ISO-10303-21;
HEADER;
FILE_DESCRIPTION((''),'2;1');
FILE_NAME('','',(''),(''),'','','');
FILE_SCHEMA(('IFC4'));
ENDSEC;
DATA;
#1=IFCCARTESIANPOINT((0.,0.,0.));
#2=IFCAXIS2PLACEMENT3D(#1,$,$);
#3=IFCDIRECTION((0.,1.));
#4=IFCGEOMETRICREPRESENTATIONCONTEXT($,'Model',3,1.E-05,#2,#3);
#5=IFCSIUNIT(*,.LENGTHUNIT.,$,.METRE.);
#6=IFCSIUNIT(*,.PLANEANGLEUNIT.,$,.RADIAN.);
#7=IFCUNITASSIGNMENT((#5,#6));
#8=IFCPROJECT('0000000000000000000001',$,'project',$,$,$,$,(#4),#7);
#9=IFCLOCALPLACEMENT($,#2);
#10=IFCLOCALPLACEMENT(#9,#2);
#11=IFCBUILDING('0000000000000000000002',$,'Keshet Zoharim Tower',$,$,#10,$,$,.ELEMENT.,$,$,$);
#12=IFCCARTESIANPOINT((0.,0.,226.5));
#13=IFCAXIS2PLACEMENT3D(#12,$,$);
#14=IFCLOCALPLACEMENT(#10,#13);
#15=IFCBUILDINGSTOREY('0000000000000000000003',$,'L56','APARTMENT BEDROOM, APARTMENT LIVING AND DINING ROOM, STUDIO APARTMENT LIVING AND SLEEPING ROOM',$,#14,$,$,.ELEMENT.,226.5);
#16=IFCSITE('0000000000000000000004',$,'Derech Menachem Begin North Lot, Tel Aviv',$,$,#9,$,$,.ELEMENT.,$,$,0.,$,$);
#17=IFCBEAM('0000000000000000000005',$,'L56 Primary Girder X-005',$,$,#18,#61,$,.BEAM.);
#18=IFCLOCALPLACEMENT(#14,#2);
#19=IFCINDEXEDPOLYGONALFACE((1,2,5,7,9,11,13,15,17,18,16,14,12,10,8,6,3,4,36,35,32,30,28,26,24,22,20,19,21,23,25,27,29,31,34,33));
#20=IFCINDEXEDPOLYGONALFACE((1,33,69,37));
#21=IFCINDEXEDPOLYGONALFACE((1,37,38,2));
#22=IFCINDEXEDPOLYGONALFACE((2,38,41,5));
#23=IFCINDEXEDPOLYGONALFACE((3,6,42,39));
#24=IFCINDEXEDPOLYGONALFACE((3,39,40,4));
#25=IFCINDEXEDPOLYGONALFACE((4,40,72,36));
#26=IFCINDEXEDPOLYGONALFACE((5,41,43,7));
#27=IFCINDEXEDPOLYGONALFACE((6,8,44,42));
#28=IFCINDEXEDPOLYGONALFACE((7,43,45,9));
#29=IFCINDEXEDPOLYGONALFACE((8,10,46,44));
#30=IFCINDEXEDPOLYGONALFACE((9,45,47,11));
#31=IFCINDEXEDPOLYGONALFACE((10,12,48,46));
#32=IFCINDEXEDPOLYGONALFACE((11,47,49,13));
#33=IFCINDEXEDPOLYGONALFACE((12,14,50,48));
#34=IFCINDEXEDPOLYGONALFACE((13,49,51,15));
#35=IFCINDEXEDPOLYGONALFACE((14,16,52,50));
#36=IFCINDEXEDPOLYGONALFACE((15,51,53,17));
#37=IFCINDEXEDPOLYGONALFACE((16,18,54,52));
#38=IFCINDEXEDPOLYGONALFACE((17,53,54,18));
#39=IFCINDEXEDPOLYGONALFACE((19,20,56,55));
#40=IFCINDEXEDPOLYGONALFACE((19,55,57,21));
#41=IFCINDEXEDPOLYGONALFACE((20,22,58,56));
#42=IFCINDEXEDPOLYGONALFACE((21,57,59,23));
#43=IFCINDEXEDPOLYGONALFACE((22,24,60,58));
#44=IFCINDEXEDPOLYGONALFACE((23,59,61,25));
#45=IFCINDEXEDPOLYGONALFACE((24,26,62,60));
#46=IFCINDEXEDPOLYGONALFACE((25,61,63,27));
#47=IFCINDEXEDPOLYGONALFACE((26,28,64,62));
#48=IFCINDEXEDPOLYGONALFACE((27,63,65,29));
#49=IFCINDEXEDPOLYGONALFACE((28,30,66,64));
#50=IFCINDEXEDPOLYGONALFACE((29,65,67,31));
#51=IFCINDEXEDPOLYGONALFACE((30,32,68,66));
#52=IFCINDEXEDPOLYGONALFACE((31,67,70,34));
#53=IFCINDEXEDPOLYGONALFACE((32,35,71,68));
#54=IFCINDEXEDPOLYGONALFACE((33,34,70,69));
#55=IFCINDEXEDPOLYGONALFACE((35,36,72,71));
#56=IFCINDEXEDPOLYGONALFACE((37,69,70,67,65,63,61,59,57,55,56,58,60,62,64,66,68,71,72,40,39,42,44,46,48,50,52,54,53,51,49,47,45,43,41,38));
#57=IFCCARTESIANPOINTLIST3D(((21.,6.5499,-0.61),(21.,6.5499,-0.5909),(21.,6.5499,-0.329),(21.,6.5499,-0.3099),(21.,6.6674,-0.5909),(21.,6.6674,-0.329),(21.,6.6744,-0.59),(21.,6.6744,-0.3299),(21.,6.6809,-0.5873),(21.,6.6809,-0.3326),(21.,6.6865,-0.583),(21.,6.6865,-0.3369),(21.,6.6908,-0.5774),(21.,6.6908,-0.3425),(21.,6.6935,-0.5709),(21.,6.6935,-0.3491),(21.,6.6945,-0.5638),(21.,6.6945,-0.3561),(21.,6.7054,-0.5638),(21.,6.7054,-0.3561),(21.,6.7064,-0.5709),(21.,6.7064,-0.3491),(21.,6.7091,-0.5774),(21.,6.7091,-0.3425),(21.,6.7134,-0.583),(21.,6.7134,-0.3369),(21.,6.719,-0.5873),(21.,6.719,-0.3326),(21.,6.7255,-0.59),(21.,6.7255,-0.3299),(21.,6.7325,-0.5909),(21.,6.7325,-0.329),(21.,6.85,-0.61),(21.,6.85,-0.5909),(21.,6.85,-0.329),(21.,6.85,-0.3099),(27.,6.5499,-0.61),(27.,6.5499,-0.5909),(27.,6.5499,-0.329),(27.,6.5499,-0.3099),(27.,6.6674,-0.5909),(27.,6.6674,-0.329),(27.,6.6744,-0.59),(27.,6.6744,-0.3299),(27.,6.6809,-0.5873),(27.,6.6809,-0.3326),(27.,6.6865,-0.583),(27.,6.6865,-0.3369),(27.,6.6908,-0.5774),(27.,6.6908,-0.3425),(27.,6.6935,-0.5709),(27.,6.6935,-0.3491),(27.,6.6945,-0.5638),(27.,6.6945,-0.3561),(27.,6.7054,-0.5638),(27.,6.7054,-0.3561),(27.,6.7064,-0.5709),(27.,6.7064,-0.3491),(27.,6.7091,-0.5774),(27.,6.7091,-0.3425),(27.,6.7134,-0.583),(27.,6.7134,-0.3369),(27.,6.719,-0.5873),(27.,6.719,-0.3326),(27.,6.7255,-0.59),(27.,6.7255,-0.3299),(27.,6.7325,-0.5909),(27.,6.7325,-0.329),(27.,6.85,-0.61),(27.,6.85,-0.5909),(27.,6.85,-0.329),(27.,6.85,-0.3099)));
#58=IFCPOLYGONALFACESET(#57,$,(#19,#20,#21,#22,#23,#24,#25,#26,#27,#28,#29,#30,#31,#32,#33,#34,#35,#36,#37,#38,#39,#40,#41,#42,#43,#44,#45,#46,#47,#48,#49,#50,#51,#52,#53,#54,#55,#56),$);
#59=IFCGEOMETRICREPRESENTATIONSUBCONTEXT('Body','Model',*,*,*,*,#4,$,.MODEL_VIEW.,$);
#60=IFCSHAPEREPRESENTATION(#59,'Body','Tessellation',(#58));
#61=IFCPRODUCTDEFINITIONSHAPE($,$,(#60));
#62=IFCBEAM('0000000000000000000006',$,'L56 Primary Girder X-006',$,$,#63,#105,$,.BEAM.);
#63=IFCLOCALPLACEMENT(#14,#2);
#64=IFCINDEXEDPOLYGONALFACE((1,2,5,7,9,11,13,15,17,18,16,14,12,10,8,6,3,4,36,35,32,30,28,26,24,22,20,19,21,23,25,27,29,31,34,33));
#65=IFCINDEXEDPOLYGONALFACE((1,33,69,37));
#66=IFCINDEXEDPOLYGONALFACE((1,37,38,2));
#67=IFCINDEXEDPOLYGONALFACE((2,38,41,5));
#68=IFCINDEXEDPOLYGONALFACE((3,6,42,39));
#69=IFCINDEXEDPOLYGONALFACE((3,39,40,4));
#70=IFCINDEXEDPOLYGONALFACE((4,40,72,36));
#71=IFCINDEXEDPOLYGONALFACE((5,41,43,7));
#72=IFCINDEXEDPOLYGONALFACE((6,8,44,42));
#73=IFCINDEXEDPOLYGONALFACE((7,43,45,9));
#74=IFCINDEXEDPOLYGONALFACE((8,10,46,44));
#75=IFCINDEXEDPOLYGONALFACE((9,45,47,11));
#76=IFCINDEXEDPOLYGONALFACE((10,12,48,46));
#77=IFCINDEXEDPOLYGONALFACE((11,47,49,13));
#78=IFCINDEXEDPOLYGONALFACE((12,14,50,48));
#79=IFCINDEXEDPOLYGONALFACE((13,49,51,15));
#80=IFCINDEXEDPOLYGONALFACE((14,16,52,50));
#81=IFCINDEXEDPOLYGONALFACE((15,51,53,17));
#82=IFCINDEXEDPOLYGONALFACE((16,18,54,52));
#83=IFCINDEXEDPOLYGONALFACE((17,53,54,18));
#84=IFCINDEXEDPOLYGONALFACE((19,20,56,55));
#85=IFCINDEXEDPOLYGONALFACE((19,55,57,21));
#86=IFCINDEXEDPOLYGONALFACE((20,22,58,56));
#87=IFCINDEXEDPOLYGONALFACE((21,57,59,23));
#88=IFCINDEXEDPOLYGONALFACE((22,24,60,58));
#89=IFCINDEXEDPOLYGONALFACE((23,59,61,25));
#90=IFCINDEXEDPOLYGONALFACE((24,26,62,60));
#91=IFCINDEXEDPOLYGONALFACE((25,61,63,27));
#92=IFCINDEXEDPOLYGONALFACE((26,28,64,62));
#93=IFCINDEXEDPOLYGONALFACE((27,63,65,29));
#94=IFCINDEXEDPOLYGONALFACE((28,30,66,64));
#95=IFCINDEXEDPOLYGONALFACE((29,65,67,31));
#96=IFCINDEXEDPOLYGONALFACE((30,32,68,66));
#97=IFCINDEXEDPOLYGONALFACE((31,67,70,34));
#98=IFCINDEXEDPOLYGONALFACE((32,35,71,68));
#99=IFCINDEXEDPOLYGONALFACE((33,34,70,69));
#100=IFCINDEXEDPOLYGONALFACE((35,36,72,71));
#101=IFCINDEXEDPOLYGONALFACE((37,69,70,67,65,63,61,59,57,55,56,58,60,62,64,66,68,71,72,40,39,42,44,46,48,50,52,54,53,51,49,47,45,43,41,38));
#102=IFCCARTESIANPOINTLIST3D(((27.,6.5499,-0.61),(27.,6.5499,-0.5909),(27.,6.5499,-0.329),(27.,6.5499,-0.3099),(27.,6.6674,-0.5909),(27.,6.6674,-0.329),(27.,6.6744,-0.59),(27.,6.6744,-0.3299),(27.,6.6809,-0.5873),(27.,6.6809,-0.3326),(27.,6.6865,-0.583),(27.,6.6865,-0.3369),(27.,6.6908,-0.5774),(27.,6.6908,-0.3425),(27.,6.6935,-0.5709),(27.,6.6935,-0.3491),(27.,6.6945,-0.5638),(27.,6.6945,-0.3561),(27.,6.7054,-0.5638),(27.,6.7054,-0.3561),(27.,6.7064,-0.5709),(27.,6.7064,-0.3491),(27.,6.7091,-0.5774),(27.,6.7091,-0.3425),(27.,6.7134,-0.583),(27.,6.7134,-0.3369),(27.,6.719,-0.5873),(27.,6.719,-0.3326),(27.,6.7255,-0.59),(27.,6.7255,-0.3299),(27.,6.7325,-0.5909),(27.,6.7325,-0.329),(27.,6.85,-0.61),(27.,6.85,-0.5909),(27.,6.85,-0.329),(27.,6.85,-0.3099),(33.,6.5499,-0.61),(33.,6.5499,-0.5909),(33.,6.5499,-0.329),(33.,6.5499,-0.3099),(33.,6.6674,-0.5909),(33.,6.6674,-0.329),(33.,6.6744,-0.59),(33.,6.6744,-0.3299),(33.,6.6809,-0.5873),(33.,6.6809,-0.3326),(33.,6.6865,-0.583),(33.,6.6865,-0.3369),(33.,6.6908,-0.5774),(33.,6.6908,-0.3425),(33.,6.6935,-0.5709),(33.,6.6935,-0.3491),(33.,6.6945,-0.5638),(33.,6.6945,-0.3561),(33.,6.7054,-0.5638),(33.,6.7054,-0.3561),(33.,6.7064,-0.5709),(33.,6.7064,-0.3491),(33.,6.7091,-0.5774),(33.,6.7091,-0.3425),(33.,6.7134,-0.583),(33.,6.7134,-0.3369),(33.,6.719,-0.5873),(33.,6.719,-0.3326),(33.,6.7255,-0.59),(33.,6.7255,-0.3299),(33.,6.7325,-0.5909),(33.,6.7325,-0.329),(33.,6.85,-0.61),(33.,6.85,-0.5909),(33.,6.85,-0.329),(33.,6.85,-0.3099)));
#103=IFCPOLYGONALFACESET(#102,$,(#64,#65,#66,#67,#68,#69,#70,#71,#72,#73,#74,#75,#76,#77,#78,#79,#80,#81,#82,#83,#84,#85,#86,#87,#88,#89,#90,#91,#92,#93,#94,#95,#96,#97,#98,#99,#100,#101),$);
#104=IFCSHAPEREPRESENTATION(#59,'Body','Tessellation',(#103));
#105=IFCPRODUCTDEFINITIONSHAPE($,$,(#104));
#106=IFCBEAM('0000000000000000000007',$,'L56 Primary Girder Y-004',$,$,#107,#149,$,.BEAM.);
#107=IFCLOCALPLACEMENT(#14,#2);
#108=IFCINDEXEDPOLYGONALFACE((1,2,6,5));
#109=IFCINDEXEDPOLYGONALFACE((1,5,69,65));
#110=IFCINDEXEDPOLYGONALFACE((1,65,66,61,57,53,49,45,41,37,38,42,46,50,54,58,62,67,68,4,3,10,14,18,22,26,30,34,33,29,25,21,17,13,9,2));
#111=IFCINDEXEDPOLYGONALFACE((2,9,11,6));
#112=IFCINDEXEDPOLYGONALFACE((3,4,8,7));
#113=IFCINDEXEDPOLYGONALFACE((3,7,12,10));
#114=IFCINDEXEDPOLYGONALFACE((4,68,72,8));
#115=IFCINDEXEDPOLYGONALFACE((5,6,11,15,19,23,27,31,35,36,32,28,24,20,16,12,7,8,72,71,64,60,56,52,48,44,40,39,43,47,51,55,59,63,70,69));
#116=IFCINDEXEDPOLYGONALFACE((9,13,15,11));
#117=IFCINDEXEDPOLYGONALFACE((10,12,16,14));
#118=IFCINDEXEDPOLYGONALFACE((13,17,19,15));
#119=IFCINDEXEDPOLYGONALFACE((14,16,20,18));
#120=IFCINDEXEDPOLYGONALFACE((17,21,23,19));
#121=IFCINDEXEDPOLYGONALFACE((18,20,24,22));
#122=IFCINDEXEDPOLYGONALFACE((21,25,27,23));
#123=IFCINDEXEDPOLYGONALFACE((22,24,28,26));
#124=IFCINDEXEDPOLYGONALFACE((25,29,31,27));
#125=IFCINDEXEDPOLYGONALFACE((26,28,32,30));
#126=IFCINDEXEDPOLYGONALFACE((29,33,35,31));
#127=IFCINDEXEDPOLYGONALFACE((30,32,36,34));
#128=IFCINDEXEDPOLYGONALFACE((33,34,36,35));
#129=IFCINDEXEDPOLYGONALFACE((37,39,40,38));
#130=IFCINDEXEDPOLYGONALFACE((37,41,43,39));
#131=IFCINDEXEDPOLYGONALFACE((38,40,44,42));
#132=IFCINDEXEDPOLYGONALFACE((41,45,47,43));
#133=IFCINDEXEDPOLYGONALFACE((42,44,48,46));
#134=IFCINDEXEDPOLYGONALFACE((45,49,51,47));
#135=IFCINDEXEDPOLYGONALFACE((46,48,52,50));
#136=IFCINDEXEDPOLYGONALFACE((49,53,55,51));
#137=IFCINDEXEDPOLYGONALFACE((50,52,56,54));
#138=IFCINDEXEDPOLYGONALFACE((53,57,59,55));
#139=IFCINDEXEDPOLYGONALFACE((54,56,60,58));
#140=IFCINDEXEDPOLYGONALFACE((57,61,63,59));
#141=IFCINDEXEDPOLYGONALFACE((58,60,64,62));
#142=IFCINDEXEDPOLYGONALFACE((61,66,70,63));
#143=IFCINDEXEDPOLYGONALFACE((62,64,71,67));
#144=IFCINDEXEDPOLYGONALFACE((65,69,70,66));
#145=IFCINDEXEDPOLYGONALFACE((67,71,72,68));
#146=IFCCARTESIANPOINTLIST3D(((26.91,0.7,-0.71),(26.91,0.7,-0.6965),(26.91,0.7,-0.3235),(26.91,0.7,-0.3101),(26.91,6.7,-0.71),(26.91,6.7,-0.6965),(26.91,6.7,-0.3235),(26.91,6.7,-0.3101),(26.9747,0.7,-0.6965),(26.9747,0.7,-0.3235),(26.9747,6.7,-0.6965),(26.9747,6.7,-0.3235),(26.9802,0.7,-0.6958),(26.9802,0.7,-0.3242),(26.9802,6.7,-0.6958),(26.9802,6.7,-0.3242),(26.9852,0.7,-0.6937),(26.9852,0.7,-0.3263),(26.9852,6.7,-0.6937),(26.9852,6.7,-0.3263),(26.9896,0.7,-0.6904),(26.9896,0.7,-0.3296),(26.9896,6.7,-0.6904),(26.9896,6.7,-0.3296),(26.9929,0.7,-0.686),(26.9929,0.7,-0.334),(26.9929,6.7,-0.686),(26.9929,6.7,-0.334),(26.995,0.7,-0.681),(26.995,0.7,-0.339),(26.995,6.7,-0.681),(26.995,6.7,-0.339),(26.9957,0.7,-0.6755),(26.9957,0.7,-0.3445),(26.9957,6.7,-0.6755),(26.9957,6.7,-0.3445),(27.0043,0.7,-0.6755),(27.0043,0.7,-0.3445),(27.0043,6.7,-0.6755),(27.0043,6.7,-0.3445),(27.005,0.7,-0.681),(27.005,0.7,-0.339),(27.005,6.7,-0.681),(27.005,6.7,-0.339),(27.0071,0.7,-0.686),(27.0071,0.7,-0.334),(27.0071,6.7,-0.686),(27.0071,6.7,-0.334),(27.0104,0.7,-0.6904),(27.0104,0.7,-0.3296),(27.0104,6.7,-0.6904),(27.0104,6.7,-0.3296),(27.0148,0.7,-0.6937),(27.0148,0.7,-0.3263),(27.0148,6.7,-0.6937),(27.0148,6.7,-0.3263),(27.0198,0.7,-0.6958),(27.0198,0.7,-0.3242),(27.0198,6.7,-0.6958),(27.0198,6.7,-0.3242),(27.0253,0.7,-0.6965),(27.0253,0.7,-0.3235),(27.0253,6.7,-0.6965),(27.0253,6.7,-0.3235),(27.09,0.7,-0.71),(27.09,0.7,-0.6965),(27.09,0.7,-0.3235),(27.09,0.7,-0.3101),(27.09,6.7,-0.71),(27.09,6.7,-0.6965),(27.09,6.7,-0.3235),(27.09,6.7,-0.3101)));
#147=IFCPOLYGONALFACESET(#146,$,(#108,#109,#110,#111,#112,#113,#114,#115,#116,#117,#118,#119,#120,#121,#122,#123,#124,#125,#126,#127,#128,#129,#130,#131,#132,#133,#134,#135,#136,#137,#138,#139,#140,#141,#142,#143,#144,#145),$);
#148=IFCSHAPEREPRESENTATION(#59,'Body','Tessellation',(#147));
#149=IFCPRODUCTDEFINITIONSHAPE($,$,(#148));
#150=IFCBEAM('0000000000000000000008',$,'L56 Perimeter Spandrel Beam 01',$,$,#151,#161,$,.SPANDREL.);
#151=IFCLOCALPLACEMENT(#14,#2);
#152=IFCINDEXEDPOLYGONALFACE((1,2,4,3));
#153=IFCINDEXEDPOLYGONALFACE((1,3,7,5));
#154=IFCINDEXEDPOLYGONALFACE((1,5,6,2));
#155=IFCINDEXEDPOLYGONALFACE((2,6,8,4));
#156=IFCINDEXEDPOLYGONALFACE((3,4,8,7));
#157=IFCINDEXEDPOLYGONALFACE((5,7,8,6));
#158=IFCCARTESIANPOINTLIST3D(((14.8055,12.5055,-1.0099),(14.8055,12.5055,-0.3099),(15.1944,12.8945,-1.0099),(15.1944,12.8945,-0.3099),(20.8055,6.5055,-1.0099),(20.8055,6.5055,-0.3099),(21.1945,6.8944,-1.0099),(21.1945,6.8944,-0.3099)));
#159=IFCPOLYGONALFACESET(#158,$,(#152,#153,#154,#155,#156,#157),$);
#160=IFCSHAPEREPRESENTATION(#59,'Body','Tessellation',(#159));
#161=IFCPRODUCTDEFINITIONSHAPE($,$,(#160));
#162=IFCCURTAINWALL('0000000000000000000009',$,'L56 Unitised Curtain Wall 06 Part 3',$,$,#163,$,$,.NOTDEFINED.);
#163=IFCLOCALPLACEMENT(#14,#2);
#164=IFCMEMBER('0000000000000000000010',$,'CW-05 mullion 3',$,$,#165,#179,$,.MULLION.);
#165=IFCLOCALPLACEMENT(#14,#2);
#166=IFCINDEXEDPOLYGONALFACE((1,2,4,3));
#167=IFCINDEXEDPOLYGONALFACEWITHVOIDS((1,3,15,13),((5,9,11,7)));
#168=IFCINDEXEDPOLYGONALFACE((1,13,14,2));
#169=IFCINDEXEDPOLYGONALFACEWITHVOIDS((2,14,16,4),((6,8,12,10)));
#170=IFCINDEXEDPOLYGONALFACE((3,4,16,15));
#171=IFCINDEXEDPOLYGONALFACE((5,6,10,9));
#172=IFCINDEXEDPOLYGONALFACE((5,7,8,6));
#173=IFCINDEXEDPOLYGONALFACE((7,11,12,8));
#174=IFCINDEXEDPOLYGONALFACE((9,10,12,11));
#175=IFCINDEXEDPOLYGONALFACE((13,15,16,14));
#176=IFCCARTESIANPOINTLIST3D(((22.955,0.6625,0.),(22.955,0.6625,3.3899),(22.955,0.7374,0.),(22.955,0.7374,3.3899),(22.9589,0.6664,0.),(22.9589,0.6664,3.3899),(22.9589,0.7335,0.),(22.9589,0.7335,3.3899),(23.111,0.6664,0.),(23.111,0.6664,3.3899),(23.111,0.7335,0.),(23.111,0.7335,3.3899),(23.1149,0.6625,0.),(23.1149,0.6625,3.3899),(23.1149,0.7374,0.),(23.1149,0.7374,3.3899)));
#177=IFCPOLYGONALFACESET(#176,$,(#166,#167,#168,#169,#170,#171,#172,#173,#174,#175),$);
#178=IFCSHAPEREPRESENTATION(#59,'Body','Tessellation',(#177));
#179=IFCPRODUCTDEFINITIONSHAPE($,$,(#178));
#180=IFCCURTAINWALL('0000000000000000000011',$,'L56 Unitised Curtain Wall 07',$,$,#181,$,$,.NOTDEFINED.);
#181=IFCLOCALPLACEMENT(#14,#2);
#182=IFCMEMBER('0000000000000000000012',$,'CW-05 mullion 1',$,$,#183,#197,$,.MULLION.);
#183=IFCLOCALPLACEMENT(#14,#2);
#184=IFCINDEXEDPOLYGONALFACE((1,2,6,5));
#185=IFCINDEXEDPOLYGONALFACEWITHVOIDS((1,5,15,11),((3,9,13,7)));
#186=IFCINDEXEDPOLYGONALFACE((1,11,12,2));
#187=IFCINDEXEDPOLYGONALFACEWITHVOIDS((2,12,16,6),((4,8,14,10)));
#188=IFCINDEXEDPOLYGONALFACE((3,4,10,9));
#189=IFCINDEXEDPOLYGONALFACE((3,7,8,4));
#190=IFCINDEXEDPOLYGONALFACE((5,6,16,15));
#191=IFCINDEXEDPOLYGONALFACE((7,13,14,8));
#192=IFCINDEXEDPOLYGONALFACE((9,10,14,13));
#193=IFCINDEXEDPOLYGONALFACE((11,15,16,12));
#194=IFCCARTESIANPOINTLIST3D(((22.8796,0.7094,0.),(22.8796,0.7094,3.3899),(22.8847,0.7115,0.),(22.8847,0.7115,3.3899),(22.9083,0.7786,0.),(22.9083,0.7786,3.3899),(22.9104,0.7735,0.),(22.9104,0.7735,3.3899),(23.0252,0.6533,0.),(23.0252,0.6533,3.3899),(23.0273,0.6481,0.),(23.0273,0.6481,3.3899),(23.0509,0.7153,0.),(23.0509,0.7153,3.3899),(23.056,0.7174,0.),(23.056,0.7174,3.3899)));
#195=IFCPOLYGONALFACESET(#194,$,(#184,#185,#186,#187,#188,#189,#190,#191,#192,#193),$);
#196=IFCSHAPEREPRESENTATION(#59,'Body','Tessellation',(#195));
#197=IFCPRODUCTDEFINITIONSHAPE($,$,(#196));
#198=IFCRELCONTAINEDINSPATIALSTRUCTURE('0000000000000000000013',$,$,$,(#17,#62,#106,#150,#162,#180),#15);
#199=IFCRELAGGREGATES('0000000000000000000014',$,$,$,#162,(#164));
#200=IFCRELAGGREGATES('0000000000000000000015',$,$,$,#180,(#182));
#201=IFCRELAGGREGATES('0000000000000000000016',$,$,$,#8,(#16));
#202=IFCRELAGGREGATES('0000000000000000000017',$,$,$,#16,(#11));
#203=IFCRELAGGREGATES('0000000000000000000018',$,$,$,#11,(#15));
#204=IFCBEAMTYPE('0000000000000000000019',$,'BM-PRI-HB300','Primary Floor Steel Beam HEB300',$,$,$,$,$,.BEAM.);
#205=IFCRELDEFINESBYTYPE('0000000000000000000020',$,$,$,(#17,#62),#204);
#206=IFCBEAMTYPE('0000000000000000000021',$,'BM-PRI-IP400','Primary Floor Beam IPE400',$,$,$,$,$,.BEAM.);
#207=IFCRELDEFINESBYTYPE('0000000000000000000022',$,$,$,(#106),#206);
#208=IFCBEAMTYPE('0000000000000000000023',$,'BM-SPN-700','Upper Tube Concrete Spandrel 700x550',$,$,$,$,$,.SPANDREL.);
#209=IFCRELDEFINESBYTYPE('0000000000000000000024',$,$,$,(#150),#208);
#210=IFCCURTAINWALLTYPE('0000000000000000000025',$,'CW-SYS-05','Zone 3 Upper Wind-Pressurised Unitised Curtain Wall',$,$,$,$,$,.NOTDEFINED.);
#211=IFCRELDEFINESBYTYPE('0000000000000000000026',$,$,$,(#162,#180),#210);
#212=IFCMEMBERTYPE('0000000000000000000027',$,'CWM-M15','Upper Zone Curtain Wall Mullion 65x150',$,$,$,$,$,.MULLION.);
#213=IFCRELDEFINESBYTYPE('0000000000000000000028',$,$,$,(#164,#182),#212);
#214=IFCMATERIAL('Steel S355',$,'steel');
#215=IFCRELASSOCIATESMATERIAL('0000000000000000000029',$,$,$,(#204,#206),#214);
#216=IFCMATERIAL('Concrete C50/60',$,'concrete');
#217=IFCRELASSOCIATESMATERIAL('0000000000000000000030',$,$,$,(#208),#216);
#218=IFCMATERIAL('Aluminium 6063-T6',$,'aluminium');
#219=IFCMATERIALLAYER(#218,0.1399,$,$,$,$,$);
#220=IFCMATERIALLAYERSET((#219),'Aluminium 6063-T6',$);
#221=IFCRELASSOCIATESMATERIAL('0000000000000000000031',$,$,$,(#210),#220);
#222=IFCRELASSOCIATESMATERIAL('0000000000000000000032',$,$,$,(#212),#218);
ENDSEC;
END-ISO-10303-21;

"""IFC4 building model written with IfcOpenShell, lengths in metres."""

from ifc_helpers import new_model, si_unit, direction, frame, origin, origin_2d, place, context, subcontext, project, spatial, rectangle, hollow_rectangle, i_section, extrude, material, layer, layer_set, material_profile, profile_set, type_object, element, aggregate, save


model = new_model("IFC4")

# Units and contexts
model_context = context("Model", 3, precision=1e-05, world=origin(), true_north=direction((0.0, 1.0)))
body_context = subcontext(model_context, "Body", "Model", "MODEL_VIEW")
ifc_project = project(units=[si_unit("LENGTHUNIT", "METRE"), si_unit("PLANEANGLEUNIT", "RADIAN")], contexts=[model_context])

# Site, building, storey
site_placement = place(None, origin())
site = spatial("IfcSite", under=ifc_project, at=site_placement, Name="Derech Menachem Begin North Lot, Tel Aviv", CompositionType="ELEMENT", RefElevation=0.0)
building_placement = place(site_placement, origin())
building = spatial("IfcBuilding", under=site, at=building_placement, Name="Keshet Zoharim Tower", CompositionType="ELEMENT")
storey_placement = place(building_placement, frame((0.0, 0.0, 226.5)))
storey = spatial("IfcBuildingStorey", under=building, at=storey_placement, Name="L56", Description="APARTMENT BEDROOM, APARTMENT LIVING AND DINING ROOM, STUDIO APARTMENT LIVING AND SLEEPING ROOM", CompositionType="ELEMENT", Elevation=226.5)

# Shared definitions
ifc_material_1 = material(Name="Steel S355", Category="steel")
ifc_material_2 = material(Name="Concrete C50/60", Category="concrete")

# Beams
ifc_material_profile_1 = material_profile(ifc_material_1, i_section(OverallWidth=0.3, OverallDepth=0.3, WebThickness=0.011, FlangeThickness=0.019, FilletRadius=0.0271, at=origin_2d()), Name="HEB300")
ifc_profile_set_1 = profile_set([ifc_material_profile_1], Name="Steel S355")
beam_type_1 = type_object("IfcBeamType", Name="BM-PRI-HB300", Description="Primary Floor Steel Beam HEB300", PredefinedType="BEAM", material=ifc_profile_set_1)
for number, where, z_axis, x_axis, name in (
    (1, (21.0, 6.7, -0.46), (1.0, 0.0, 0.0), (0.0, 1.0, 0.0), "L56 Primary Girder X-005"),
    (2, (27.0, 6.7, -0.46), (1.0, 0.0, 0.0), (0.0, 1.0, 0.0), "L56 Primary Girder X-006"),
):
    element("IfcBeam", number, at=place(storey_placement, frame(where, z_axis=z_axis, x_axis=x_axis)), inside=storey, type_object=beam_type_1, Name=name, PredefinedType="BEAM", context=body_context, shape_type="SweptSolid", body=[
        extrude(i_section(OverallWidth=0.3, OverallDepth=0.3, WebThickness=0.011, FlangeThickness=0.019, FilletRadius=0.0271, at=origin_2d()), origin(), (0.0, 0.0, 1.0), 6.0),
    ])
ifc_material_profile_2 = material_profile(ifc_material_1, i_section(OverallWidth=0.1799, OverallDepth=0.3999, WebThickness=0.0085, FlangeThickness=0.0134, FilletRadius=0.021, at=origin_2d()), Name="IPE400")
ifc_profile_set_2 = profile_set([ifc_material_profile_2], Name="Steel S355")
beam_type_2 = type_object("IfcBeamType", Name="BM-PRI-IP400", Description="Primary Floor Beam IPE400", PredefinedType="BEAM", material=ifc_profile_set_2)
beam_1_placement = place(storey_placement, frame((27.0, 0.7, -0.51), z_axis=(0.0, 1.0, 0.0), x_axis=(-1.0, 0.0, 0.0)))
element("IfcBeam", 3, at=beam_1_placement, inside=storey, type_object=beam_type_2, Name="L56 Primary Girder Y-004", PredefinedType="BEAM", context=body_context, shape_type="SweptSolid", body=[
    extrude(i_section(OverallWidth=0.1799, OverallDepth=0.3999, WebThickness=0.0085, FlangeThickness=0.0134, FilletRadius=0.021, at=origin_2d()), origin(), (0.0, 0.0, 1.0), 6.0),
])
ifc_material_profile_3 = material_profile(ifc_material_2, rectangle(XDim=0.55, YDim=0.7, at=origin_2d()), Name="RC700x550")
ifc_profile_set_3 = profile_set([ifc_material_profile_3], Name="Concrete C50/60")
beam_type_3 = type_object("IfcBeamType", Name="BM-SPN-700", Description="Upper Tube Concrete Spandrel 700x550", PredefinedType="SPANDREL", material=ifc_profile_set_3)
beam_2_placement = place(storey_placement, frame((21.0, 6.7, -0.6599), z_axis=(-0.707107, 0.707107, 0.0), x_axis=(-0.707107, -0.707107, 0.0)))
element("IfcBeam", 4, at=beam_2_placement, inside=storey, type_object=beam_type_3, Name="L56 Perimeter Spandrel Beam 01", PredefinedType="SPANDREL", context=body_context, shape_type="SweptSolid", body=[
    extrude(rectangle(XDim=0.55, YDim=0.7, at=origin_2d()), origin(), (0.0, 0.0, 1.0), 8.4854),
])

# Curtain wall, member
ifc_material_3 = material(Name="Aluminium 6063-T6", Category="aluminium")
ifc_layer_1 = layer(ifc_material_3, 0.1399)
ifc_layer_set_1 = layer_set([ifc_layer_1], Name="Aluminium 6063-T6")
curtain_wall_type = type_object("IfcCurtainWallType", Name="CW-SYS-05", Description="Zone 3 Upper Wind-Pressurised Unitised Curtain Wall", PredefinedType="NOTDEFINED", material=ifc_layer_set_1)
curtain_wall_1_placement = place(storey_placement, origin())
curtain_wall_1 = element("IfcCurtainWall", 5, at=curtain_wall_1_placement, inside=storey, type_object=curtain_wall_type, Name="L56 Unitised Curtain Wall 06 Part 3", PredefinedType="NOTDEFINED")
ifc_material_profile_4 = material_profile(ifc_material_3, hollow_rectangle(XDim=0.075, YDim=0.1599, WallThickness=0.0039, at=origin_2d()), Name="MUL-75x160")
ifc_profile_set_4 = profile_set([ifc_material_profile_4], Name="Aluminium 6063-T6")
member_type_1 = type_object("IfcMemberType", Name="CWM-M15", Description="Upper Zone Curtain Wall Mullion 65x150", PredefinedType="MULLION", material=ifc_profile_set_4)
member_1_placement = place(storey_placement, frame((23.0349, 0.7, 0.0), z_axis=(0.0, 0.0, 1.0), x_axis=(0.0, -1.0, 0.0)))
member_1 = element("IfcMember", 6, at=member_1_placement, type_object=member_type_1, Name="CW-05 mullion 3", PredefinedType="MULLION", context=body_context, shape_type="SweptSolid", body=[
    extrude(hollow_rectangle(XDim=0.075, YDim=0.1599, WallThickness=0.0039, at=origin_2d()), origin(), (0.0, 0.0, 1.0), 3.3899),
])
aggregate(curtain_wall_1, [member_1])

# Curtain wall, member
curtain_wall_2_placement = place(storey_placement, origin())
curtain_wall_2 = element("IfcCurtainWall", 7, at=curtain_wall_2_placement, inside=storey, type_object=curtain_wall_type, Name="L56 Unitised Curtain Wall 07", PredefinedType="NOTDEFINED")
member_2_placement = place(storey_placement, frame((22.9678, 0.7134, 0.0), z_axis=(0.0, 0.0, 1.0), x_axis=(-0.382852, -0.92381, 0.0)))
member_2 = element("IfcMember", 8, at=member_2_placement, type_object=member_type_1, Name="CW-05 mullion 1", PredefinedType="MULLION", context=body_context, shape_type="SweptSolid", body=[
    extrude(hollow_rectangle(XDim=0.075, YDim=0.1599, WallThickness=0.0039, at=origin_2d()), origin(), (0.0, 0.0, 1.0), 3.3899),
])

aggregate(curtain_wall_2, [member_2])

save(model, "model.ifc")
